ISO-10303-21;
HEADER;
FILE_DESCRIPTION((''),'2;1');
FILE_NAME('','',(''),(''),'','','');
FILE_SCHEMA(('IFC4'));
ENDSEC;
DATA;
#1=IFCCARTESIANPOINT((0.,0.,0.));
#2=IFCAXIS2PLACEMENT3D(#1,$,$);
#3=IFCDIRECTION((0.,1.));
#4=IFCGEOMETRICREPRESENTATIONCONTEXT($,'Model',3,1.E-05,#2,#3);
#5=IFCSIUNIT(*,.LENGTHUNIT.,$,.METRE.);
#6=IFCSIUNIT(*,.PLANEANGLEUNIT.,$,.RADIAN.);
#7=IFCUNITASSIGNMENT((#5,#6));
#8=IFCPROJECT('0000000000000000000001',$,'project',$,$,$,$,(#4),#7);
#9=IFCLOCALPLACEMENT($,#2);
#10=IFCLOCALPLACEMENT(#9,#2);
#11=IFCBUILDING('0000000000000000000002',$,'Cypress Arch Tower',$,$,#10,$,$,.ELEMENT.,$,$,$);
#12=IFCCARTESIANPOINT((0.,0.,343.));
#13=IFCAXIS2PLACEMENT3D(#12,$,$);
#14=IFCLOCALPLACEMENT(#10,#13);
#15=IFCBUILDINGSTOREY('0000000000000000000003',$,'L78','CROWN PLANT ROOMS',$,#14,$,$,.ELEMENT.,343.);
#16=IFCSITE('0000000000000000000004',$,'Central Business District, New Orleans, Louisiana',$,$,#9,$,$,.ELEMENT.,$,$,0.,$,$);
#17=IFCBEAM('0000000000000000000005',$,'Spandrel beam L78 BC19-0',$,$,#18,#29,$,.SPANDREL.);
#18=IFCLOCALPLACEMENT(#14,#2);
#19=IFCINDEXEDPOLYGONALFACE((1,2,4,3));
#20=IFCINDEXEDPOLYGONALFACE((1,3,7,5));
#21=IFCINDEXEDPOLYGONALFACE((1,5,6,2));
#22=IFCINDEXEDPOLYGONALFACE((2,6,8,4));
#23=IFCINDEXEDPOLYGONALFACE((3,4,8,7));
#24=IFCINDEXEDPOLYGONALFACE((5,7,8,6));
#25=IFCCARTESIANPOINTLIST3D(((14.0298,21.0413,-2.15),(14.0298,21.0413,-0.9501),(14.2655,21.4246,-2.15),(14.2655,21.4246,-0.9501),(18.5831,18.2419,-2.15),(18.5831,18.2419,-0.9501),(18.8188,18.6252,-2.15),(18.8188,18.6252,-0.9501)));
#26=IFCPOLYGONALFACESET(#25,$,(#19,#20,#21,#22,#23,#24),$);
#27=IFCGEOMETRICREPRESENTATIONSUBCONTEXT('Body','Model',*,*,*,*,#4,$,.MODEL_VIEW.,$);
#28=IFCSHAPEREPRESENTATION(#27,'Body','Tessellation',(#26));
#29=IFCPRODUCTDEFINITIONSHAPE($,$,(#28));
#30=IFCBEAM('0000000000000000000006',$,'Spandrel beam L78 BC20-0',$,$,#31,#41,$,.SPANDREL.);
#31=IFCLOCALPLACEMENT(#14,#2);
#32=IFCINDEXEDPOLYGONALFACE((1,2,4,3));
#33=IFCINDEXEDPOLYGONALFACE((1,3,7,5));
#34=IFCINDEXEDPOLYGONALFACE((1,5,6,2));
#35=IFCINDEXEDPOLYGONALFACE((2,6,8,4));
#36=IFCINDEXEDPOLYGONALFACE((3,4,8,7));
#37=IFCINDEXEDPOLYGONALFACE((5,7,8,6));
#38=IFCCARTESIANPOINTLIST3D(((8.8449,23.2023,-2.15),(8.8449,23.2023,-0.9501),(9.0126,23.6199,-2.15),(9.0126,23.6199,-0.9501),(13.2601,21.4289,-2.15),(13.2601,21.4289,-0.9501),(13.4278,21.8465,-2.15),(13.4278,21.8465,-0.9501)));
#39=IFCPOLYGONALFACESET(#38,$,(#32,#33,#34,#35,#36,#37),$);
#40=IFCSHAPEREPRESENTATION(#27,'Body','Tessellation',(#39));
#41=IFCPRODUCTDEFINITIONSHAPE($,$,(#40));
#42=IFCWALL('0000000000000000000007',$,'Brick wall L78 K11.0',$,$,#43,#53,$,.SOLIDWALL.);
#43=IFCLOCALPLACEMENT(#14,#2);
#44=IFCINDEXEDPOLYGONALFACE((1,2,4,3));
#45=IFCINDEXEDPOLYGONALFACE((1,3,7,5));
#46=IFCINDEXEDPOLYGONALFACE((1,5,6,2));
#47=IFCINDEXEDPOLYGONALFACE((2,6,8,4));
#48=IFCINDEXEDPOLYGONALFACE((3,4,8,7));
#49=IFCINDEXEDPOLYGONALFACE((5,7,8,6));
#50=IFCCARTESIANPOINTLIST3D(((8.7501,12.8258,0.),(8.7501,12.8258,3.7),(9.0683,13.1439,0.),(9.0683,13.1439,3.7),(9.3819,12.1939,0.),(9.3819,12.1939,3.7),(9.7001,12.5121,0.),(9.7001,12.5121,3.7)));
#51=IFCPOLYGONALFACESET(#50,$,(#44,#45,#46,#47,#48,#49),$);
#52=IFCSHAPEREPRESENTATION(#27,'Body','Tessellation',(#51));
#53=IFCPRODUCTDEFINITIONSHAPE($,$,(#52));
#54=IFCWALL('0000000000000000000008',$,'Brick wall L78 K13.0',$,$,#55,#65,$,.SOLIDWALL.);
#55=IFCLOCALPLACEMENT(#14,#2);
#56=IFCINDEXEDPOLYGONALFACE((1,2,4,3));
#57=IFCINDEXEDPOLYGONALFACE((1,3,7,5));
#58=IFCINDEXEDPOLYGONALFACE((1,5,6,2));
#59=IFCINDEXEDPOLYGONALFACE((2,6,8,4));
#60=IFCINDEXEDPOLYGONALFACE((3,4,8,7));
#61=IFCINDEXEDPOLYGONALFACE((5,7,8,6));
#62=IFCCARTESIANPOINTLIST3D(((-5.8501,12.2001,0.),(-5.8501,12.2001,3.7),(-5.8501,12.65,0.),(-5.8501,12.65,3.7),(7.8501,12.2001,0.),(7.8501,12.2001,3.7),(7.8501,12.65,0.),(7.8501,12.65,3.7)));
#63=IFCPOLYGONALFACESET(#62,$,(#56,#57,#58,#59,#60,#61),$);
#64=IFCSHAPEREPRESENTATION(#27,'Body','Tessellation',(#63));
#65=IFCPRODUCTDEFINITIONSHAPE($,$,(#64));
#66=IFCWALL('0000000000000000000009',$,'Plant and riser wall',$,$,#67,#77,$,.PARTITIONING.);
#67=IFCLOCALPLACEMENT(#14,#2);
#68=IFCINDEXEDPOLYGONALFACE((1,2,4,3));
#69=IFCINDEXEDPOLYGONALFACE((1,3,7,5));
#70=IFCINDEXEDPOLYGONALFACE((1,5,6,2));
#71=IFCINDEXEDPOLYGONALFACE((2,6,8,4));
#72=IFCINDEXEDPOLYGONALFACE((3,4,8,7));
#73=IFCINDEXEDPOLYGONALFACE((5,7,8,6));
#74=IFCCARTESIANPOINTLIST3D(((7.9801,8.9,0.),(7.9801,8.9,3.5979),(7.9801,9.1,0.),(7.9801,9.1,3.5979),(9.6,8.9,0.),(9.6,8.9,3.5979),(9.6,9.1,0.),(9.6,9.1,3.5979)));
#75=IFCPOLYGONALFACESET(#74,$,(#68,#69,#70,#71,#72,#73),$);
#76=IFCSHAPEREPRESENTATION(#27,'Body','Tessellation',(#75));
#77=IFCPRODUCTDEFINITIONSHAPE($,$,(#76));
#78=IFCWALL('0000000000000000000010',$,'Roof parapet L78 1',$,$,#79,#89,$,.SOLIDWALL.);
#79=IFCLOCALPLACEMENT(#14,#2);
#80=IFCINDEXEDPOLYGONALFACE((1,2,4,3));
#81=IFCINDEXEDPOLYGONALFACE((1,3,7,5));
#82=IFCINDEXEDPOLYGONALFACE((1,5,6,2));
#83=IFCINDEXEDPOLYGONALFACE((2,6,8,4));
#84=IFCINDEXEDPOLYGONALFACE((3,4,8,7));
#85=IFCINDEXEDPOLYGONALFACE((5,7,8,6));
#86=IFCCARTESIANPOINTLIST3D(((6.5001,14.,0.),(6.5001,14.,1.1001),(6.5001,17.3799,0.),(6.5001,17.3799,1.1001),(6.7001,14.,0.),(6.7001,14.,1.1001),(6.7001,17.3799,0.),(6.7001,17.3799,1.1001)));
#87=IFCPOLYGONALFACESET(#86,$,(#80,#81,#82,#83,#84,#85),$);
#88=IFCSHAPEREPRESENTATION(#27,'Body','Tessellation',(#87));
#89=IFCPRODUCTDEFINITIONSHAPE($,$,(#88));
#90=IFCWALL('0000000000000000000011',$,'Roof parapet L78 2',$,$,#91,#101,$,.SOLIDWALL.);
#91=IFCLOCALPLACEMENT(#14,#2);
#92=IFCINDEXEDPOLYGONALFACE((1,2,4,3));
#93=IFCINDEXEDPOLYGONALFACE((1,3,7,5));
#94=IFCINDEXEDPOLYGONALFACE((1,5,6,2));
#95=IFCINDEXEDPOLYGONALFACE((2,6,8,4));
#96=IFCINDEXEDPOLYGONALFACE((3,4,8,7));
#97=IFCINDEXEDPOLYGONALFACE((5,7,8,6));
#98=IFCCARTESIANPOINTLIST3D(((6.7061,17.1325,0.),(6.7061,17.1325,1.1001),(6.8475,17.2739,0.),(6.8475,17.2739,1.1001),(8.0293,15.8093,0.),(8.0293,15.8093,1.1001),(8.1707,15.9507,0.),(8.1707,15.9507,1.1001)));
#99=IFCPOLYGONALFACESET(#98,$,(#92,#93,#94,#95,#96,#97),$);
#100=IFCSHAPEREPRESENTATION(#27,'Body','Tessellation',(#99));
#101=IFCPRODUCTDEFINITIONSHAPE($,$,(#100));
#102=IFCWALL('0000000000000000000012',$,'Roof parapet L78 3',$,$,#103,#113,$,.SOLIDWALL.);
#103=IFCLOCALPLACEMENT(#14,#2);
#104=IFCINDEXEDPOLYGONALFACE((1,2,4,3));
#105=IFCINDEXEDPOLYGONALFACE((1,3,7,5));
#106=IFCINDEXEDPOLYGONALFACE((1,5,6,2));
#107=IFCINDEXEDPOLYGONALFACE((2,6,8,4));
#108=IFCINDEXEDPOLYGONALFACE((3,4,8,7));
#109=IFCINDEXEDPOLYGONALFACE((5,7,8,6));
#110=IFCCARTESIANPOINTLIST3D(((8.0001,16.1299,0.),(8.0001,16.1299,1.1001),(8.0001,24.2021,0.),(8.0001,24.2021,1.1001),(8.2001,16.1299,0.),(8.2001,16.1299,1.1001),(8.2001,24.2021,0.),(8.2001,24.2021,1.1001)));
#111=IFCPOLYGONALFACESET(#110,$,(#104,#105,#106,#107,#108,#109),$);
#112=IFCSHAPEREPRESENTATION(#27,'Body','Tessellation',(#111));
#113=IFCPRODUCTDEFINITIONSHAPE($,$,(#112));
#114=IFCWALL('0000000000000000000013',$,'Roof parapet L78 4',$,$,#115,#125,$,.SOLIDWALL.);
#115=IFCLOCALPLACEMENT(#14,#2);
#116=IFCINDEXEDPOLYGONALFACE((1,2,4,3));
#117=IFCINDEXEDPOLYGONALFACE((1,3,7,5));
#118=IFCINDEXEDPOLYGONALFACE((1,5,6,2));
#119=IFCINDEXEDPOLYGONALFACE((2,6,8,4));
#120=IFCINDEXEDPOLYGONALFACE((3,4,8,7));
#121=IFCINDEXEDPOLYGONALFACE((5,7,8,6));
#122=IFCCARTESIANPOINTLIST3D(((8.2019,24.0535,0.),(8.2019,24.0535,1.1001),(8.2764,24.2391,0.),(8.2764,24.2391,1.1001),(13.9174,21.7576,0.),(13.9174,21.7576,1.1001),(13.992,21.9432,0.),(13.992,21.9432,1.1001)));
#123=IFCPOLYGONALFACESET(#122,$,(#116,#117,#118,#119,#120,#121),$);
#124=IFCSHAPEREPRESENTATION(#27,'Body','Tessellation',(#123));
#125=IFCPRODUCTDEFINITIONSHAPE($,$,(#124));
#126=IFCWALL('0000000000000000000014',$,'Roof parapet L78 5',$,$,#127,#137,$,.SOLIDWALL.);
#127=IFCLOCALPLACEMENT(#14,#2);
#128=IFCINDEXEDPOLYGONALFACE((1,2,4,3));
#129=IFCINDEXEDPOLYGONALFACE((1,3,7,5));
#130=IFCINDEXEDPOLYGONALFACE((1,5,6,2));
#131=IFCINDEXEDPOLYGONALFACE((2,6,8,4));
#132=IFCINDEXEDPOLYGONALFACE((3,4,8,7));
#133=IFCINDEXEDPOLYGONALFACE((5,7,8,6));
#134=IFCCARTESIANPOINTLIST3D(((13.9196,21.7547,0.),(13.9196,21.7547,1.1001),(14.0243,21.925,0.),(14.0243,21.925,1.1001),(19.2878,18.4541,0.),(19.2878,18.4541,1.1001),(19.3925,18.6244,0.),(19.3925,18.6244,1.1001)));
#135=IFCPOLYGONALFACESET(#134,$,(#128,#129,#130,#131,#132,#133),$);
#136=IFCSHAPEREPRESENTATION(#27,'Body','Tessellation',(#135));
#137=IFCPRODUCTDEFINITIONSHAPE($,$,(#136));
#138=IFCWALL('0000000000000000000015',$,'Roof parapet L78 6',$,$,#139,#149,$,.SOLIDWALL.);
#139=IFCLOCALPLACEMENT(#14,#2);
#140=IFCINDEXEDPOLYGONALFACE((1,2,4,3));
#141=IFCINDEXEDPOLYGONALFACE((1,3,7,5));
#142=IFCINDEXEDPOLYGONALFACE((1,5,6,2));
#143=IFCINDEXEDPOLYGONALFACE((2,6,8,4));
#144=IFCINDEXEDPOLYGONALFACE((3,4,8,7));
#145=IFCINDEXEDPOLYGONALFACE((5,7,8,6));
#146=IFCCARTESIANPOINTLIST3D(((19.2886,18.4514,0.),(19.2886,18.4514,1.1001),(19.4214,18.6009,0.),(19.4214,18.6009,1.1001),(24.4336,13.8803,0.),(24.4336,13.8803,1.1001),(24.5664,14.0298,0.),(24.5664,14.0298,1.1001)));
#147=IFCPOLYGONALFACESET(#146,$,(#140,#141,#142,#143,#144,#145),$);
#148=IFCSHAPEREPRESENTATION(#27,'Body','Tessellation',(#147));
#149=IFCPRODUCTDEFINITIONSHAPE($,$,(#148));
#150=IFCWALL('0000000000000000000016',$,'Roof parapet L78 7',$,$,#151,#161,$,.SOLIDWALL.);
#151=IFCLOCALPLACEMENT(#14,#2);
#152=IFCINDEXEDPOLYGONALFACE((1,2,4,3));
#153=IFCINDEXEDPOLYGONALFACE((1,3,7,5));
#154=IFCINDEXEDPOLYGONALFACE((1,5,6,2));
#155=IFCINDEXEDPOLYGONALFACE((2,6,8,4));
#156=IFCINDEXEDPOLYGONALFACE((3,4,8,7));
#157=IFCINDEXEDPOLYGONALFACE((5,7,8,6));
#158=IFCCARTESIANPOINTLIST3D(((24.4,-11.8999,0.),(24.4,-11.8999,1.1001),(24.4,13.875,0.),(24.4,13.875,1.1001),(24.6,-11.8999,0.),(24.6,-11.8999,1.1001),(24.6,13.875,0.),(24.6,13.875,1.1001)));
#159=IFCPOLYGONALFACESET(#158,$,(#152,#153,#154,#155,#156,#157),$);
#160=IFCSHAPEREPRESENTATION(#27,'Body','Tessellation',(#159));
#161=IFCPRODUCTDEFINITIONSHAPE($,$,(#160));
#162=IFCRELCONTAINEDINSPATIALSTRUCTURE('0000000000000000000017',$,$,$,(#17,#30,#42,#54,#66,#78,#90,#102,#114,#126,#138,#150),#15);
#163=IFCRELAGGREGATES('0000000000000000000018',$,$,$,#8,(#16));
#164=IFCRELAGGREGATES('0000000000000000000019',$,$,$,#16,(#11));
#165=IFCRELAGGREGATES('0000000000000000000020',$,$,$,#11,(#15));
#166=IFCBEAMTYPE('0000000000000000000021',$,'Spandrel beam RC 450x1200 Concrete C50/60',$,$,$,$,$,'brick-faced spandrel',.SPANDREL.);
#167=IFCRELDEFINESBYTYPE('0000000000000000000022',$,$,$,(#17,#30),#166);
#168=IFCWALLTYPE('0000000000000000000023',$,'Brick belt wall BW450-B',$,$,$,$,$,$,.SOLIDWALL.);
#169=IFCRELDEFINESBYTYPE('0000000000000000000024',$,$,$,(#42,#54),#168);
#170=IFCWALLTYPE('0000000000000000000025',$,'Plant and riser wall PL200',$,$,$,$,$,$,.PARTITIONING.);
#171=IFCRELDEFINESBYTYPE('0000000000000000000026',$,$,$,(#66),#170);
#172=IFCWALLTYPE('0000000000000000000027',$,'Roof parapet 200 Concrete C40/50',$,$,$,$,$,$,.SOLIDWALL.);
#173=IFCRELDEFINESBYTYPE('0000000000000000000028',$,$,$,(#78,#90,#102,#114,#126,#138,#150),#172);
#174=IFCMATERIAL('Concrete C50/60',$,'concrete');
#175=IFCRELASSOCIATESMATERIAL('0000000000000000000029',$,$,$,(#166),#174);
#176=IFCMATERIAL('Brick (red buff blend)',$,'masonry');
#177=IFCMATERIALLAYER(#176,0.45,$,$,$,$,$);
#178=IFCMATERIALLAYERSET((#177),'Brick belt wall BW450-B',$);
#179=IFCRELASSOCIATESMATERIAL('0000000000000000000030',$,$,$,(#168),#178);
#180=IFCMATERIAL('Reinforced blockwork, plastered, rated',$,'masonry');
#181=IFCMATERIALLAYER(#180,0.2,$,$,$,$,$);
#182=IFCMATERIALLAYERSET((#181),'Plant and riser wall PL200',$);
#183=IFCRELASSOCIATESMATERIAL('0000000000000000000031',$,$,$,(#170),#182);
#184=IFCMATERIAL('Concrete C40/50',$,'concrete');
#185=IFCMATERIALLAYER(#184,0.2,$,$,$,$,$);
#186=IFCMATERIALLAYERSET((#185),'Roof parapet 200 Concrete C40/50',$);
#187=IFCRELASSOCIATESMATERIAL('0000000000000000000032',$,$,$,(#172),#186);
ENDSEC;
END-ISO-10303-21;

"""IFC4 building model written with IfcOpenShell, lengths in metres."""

from ifc_helpers import new_model, si_unit, direction, frame, frame_2d, origin, origin_2d, place, context, subcontext, project, spatial, rectangle, extrude, material, layer, layer_set, material_profile, profile_set, type_object, element, save


model = new_model("IFC4")

# Units and contexts
model_context = context("Model", 3, precision=1e-05, world=origin(), true_north=direction((0.0, 1.0)))
body_context = subcontext(model_context, "Body", "Model", "MODEL_VIEW")
ifc_project = project(units=[si_unit("LENGTHUNIT", "METRE"), si_unit("PLANEANGLEUNIT", "RADIAN")], contexts=[model_context])

# Site, building, storey
site_placement = place(None, origin())
site = spatial("IfcSite", under=ifc_project, at=site_placement, Name="Central Business District, New Orleans, Louisiana", CompositionType="ELEMENT", RefElevation=0.0)
building_placement = place(site_placement, origin())
building = spatial("IfcBuilding", under=site, at=building_placement, Name="Cypress Arch Tower", CompositionType="ELEMENT")
storey_placement = place(building_placement, frame((0.0, 0.0, 343.0)))
storey = spatial("IfcBuildingStorey", under=building, at=storey_placement, Name="L78", Description="CROWN PLANT ROOMS", CompositionType="ELEMENT", Elevation=343.0)

# Beams
ifc_material_1 = material(Name="Concrete C50/60", Category="concrete")
ifc_material_profile_1 = material_profile(ifc_material_1, rectangle(XDim=0.45, YDim=1.2, at=origin_2d()), Name="RC 450x1200")
ifc_profile_set_1 = profile_set([ifc_material_profile_1], Name="Concrete C50/60")
beam_type_1 = type_object("IfcBeamType", Name="Spandrel beam RC 450x1200 Concrete C50/60", ElementType="brick-faced spandrel", PredefinedType="SPANDREL", material=ifc_profile_set_1)
beam_1_placement = place(storey_placement, frame((18.7009, 18.4336, -1.55), z_axis=(-0.851881, 0.523735, 0.0), x_axis=(-0.523735, -0.851881, 0.0)))
element("IfcBeam", 1, at=beam_1_placement, inside=storey, type_object=beam_type_1, Name="Spandrel beam L78 BC19-0", PredefinedType="SPANDREL", context=body_context, shape_type="SweptSolid", body=[
    extrude(rectangle(XDim=0.45, YDim=1.2, at=origin_2d()), origin(), (0.0, 0.0, 1.0), 5.345),
])
beam_2_placement = place(storey_placement, frame((13.344, 21.6377, -1.55), z_axis=(-0.927945, 0.372717, 0.0), x_axis=(-0.372717, -0.927945, 0.0)))
element("IfcBeam", 2, at=beam_2_placement, inside=storey, type_object=beam_type_1, Name="Spandrel beam L78 BC20-0", PredefinedType="SPANDREL", context=body_context, shape_type="SweptSolid", body=[
    extrude(rectangle(XDim=0.45, YDim=1.2, at=origin_2d()), origin(), (0.0, 0.0, 1.0), 4.7581),
])

# Walls
ifc_material_2 = material(Name="Brick (red buff blend)", Category="masonry")
ifc_layer_1 = layer(ifc_material_2, 0.45)
ifc_layer_set_1 = layer_set([ifc_layer_1], Name="Brick belt wall BW450-B")
wall_type_1 = type_object("IfcWallType", Name="Brick belt wall BW450-B", PredefinedType="SOLIDWALL", material=ifc_layer_set_1)
wall_1_placement = place(storey_placement, frame((9.541, 12.353, 0.0), z_axis=(0.0, 0.0, 1.0), x_axis=(-0.707107, 0.707107, 0.0)))
element("IfcWall", 3, at=wall_1_placement, inside=storey, type_object=wall_type_1, Name="Brick wall L78 K11.0", PredefinedType="SOLIDWALL", context=body_context, shape_type="SweptSolid", body=[
    extrude(rectangle(XDim=0.8936, YDim=0.45, at=frame_2d((0.4468, 0.0))), origin(), (0.0, 0.0, 1.0), 3.7),
])
wall_2_placement = place(storey_placement, frame((7.8501, 12.425, 0.0), z_axis=(0.0, 0.0, 1.0), x_axis=(-1.0, 0.0, 0.0)))
element("IfcWall", 4, at=wall_2_placement, inside=storey, type_object=wall_type_1, Name="Brick wall L78 K13.0", PredefinedType="SOLIDWALL", context=body_context, shape_type="SweptSolid", body=[
    extrude(rectangle(XDim=13.7002, YDim=0.45, at=frame_2d((6.8501, 0.0))), origin(), (0.0, 0.0, 1.0), 3.7),
])
ifc_material_3 = material(Name="Reinforced blockwork, plastered, rated", Category="masonry")
ifc_layer_2 = layer(ifc_material_3, 0.2)
ifc_layer_set_2 = layer_set([ifc_layer_2], Name="Plant and riser wall PL200")
wall_type_2 = type_object("IfcWallType", Name="Plant and riser wall PL200", PredefinedType="PARTITIONING", material=ifc_layer_set_2)
wall_3_placement = place(storey_placement, frame((7.98, 9.0, 0.0), z_axis=(0.0, 0.0, 1.0), x_axis=(1.0, 0.0, 0.0)))
element("IfcWall", 5, at=wall_3_placement, inside=storey, type_object=wall_type_2, Name="Plant and riser wall", PredefinedType="PARTITIONING", context=body_context, shape_type="SweptSolid", body=[
    extrude(rectangle(XDim=1.6199, YDim=0.2, at=frame_2d((0.8101, 0.0))), origin(), (0.0, 0.0, 1.0), 3.5979),
])
ifc_material_4 = material(Name="Concrete C40/50", Category="concrete")
ifc_layer_3 = layer(ifc_material_4, 0.2)
ifc_layer_set_3 = layer_set([ifc_layer_3], Name="Roof parapet 200 Concrete C40/50")
wall_type_3 = type_object("IfcWallType", Name="Roof parapet 200 Concrete C40/50", PredefinedType="SOLIDWALL", material=ifc_layer_set_3)
wall_4_placement = place(storey_placement, frame((6.6001, 14.0, 0.0), z_axis=(0.0, 0.0, 1.0), x_axis=(0.0, 1.0, 0.0)))
element("IfcWall", 6, at=wall_4_placement, inside=storey, type_object=wall_type_3, Name="Roof parapet L78 1", PredefinedType="SOLIDWALL", context=body_context, shape_type="SweptSolid", body=[
    extrude(rectangle(XDim=3.3799, YDim=0.2, at=frame_2d((1.6899, 0.0))), origin(), (0.0, 0.0, 1.0), 1.1001),
])
wall_5_placement = place(storey_placement, frame((6.7769, 17.2031, 0.0), z_axis=(0.0, 0.0, 1.0), x_axis=(0.707107, -0.707107, 0.0)))
element("IfcWall", 7, at=wall_5_placement, inside=storey, type_object=wall_type_3, Name="Roof parapet L78 2", PredefinedType="SOLIDWALL", context=body_context, shape_type="SweptSolid", body=[
    extrude(rectangle(XDim=1.8713, YDim=0.2, at=frame_2d((0.9355, 0.0))), origin(), (0.0, 0.0, 1.0), 1.1001),
])
wall_6_placement = place(storey_placement, frame((8.1001, 16.1299, 0.0), z_axis=(0.0, 0.0, 1.0), x_axis=(0.0, 1.0, 0.0)))
element("IfcWall", 8, at=wall_6_placement, inside=storey, type_object=wall_type_3, Name="Roof parapet L78 3", PredefinedType="SOLIDWALL", context=body_context, shape_type="SweptSolid", body=[
    extrude(rectangle(XDim=8.0723, YDim=0.2, at=frame_2d((4.0361, 0.0))), origin(), (0.0, 0.0, 1.0), 1.1001),
])
wall_7_placement = place(storey_placement, frame((8.2393, 24.1462, 0.0), z_axis=(0.0, 0.0, 1.0), x_axis=(0.927934, -0.372743, 0.0)))
element("IfcWall", 9, at=wall_7_placement, inside=storey, type_object=wall_type_3, Name="Roof parapet L78 4", PredefinedType="SOLIDWALL", context=body_context, shape_type="SweptSolid", body=[
    extrude(rectangle(XDim=6.1594, YDim=0.2, at=frame_2d((3.0796, 0.0))), origin(), (0.0, 0.0, 1.0), 1.1001),
])
wall_8_placement = place(storey_placement, frame((13.9719, 21.8398, 0.0), z_axis=(0.0, 0.0, 1.0), x_axis=(0.851867, -0.523758, 0.0)))
element("IfcWall", 10, at=wall_8_placement, inside=storey, type_object=wall_type_3, Name="Roof parapet L78 5", PredefinedType="SOLIDWALL", context=body_context, shape_type="SweptSolid", body=[
    extrude(rectangle(XDim=6.3018, YDim=0.2, at=frame_2d((3.1509, 0.0))), origin(), (0.0, 0.0, 1.0), 1.1001),
])
wall_9_placement = place(storey_placement, frame((19.355, 18.5261, 0.0), z_axis=(0.0, 0.0, 1.0), x_axis=(0.747576, -0.664177, 0.0)))
element("IfcWall", 11, at=wall_9_placement, inside=storey, type_object=wall_type_3, Name="Roof parapet L78 6", PredefinedType="SOLIDWALL", context=body_context, shape_type="SweptSolid", body=[
    extrude(rectangle(XDim=6.8823, YDim=0.2, at=frame_2d((3.4412, 0.0))), origin(), (0.0, 0.0, 1.0), 1.1001),
])
wall_10_placement = place(storey_placement, frame((24.5, 13.875, 0.0), z_axis=(0.0, 0.0, 1.0), x_axis=(0.0, -1.0, 0.0)))
element("IfcWall", 12, at=wall_10_placement, inside=storey, type_object=wall_type_3, Name="Roof parapet L78 7", PredefinedType="SOLIDWALL", context=body_context, shape_type="SweptSolid", body=[
    extrude(rectangle(XDim=25.7749, YDim=0.2, at=frame_2d((12.8875, 0.0))), origin(), (0.0, 0.0, 1.0), 1.1001),
])

save(model, "model.ifc")
